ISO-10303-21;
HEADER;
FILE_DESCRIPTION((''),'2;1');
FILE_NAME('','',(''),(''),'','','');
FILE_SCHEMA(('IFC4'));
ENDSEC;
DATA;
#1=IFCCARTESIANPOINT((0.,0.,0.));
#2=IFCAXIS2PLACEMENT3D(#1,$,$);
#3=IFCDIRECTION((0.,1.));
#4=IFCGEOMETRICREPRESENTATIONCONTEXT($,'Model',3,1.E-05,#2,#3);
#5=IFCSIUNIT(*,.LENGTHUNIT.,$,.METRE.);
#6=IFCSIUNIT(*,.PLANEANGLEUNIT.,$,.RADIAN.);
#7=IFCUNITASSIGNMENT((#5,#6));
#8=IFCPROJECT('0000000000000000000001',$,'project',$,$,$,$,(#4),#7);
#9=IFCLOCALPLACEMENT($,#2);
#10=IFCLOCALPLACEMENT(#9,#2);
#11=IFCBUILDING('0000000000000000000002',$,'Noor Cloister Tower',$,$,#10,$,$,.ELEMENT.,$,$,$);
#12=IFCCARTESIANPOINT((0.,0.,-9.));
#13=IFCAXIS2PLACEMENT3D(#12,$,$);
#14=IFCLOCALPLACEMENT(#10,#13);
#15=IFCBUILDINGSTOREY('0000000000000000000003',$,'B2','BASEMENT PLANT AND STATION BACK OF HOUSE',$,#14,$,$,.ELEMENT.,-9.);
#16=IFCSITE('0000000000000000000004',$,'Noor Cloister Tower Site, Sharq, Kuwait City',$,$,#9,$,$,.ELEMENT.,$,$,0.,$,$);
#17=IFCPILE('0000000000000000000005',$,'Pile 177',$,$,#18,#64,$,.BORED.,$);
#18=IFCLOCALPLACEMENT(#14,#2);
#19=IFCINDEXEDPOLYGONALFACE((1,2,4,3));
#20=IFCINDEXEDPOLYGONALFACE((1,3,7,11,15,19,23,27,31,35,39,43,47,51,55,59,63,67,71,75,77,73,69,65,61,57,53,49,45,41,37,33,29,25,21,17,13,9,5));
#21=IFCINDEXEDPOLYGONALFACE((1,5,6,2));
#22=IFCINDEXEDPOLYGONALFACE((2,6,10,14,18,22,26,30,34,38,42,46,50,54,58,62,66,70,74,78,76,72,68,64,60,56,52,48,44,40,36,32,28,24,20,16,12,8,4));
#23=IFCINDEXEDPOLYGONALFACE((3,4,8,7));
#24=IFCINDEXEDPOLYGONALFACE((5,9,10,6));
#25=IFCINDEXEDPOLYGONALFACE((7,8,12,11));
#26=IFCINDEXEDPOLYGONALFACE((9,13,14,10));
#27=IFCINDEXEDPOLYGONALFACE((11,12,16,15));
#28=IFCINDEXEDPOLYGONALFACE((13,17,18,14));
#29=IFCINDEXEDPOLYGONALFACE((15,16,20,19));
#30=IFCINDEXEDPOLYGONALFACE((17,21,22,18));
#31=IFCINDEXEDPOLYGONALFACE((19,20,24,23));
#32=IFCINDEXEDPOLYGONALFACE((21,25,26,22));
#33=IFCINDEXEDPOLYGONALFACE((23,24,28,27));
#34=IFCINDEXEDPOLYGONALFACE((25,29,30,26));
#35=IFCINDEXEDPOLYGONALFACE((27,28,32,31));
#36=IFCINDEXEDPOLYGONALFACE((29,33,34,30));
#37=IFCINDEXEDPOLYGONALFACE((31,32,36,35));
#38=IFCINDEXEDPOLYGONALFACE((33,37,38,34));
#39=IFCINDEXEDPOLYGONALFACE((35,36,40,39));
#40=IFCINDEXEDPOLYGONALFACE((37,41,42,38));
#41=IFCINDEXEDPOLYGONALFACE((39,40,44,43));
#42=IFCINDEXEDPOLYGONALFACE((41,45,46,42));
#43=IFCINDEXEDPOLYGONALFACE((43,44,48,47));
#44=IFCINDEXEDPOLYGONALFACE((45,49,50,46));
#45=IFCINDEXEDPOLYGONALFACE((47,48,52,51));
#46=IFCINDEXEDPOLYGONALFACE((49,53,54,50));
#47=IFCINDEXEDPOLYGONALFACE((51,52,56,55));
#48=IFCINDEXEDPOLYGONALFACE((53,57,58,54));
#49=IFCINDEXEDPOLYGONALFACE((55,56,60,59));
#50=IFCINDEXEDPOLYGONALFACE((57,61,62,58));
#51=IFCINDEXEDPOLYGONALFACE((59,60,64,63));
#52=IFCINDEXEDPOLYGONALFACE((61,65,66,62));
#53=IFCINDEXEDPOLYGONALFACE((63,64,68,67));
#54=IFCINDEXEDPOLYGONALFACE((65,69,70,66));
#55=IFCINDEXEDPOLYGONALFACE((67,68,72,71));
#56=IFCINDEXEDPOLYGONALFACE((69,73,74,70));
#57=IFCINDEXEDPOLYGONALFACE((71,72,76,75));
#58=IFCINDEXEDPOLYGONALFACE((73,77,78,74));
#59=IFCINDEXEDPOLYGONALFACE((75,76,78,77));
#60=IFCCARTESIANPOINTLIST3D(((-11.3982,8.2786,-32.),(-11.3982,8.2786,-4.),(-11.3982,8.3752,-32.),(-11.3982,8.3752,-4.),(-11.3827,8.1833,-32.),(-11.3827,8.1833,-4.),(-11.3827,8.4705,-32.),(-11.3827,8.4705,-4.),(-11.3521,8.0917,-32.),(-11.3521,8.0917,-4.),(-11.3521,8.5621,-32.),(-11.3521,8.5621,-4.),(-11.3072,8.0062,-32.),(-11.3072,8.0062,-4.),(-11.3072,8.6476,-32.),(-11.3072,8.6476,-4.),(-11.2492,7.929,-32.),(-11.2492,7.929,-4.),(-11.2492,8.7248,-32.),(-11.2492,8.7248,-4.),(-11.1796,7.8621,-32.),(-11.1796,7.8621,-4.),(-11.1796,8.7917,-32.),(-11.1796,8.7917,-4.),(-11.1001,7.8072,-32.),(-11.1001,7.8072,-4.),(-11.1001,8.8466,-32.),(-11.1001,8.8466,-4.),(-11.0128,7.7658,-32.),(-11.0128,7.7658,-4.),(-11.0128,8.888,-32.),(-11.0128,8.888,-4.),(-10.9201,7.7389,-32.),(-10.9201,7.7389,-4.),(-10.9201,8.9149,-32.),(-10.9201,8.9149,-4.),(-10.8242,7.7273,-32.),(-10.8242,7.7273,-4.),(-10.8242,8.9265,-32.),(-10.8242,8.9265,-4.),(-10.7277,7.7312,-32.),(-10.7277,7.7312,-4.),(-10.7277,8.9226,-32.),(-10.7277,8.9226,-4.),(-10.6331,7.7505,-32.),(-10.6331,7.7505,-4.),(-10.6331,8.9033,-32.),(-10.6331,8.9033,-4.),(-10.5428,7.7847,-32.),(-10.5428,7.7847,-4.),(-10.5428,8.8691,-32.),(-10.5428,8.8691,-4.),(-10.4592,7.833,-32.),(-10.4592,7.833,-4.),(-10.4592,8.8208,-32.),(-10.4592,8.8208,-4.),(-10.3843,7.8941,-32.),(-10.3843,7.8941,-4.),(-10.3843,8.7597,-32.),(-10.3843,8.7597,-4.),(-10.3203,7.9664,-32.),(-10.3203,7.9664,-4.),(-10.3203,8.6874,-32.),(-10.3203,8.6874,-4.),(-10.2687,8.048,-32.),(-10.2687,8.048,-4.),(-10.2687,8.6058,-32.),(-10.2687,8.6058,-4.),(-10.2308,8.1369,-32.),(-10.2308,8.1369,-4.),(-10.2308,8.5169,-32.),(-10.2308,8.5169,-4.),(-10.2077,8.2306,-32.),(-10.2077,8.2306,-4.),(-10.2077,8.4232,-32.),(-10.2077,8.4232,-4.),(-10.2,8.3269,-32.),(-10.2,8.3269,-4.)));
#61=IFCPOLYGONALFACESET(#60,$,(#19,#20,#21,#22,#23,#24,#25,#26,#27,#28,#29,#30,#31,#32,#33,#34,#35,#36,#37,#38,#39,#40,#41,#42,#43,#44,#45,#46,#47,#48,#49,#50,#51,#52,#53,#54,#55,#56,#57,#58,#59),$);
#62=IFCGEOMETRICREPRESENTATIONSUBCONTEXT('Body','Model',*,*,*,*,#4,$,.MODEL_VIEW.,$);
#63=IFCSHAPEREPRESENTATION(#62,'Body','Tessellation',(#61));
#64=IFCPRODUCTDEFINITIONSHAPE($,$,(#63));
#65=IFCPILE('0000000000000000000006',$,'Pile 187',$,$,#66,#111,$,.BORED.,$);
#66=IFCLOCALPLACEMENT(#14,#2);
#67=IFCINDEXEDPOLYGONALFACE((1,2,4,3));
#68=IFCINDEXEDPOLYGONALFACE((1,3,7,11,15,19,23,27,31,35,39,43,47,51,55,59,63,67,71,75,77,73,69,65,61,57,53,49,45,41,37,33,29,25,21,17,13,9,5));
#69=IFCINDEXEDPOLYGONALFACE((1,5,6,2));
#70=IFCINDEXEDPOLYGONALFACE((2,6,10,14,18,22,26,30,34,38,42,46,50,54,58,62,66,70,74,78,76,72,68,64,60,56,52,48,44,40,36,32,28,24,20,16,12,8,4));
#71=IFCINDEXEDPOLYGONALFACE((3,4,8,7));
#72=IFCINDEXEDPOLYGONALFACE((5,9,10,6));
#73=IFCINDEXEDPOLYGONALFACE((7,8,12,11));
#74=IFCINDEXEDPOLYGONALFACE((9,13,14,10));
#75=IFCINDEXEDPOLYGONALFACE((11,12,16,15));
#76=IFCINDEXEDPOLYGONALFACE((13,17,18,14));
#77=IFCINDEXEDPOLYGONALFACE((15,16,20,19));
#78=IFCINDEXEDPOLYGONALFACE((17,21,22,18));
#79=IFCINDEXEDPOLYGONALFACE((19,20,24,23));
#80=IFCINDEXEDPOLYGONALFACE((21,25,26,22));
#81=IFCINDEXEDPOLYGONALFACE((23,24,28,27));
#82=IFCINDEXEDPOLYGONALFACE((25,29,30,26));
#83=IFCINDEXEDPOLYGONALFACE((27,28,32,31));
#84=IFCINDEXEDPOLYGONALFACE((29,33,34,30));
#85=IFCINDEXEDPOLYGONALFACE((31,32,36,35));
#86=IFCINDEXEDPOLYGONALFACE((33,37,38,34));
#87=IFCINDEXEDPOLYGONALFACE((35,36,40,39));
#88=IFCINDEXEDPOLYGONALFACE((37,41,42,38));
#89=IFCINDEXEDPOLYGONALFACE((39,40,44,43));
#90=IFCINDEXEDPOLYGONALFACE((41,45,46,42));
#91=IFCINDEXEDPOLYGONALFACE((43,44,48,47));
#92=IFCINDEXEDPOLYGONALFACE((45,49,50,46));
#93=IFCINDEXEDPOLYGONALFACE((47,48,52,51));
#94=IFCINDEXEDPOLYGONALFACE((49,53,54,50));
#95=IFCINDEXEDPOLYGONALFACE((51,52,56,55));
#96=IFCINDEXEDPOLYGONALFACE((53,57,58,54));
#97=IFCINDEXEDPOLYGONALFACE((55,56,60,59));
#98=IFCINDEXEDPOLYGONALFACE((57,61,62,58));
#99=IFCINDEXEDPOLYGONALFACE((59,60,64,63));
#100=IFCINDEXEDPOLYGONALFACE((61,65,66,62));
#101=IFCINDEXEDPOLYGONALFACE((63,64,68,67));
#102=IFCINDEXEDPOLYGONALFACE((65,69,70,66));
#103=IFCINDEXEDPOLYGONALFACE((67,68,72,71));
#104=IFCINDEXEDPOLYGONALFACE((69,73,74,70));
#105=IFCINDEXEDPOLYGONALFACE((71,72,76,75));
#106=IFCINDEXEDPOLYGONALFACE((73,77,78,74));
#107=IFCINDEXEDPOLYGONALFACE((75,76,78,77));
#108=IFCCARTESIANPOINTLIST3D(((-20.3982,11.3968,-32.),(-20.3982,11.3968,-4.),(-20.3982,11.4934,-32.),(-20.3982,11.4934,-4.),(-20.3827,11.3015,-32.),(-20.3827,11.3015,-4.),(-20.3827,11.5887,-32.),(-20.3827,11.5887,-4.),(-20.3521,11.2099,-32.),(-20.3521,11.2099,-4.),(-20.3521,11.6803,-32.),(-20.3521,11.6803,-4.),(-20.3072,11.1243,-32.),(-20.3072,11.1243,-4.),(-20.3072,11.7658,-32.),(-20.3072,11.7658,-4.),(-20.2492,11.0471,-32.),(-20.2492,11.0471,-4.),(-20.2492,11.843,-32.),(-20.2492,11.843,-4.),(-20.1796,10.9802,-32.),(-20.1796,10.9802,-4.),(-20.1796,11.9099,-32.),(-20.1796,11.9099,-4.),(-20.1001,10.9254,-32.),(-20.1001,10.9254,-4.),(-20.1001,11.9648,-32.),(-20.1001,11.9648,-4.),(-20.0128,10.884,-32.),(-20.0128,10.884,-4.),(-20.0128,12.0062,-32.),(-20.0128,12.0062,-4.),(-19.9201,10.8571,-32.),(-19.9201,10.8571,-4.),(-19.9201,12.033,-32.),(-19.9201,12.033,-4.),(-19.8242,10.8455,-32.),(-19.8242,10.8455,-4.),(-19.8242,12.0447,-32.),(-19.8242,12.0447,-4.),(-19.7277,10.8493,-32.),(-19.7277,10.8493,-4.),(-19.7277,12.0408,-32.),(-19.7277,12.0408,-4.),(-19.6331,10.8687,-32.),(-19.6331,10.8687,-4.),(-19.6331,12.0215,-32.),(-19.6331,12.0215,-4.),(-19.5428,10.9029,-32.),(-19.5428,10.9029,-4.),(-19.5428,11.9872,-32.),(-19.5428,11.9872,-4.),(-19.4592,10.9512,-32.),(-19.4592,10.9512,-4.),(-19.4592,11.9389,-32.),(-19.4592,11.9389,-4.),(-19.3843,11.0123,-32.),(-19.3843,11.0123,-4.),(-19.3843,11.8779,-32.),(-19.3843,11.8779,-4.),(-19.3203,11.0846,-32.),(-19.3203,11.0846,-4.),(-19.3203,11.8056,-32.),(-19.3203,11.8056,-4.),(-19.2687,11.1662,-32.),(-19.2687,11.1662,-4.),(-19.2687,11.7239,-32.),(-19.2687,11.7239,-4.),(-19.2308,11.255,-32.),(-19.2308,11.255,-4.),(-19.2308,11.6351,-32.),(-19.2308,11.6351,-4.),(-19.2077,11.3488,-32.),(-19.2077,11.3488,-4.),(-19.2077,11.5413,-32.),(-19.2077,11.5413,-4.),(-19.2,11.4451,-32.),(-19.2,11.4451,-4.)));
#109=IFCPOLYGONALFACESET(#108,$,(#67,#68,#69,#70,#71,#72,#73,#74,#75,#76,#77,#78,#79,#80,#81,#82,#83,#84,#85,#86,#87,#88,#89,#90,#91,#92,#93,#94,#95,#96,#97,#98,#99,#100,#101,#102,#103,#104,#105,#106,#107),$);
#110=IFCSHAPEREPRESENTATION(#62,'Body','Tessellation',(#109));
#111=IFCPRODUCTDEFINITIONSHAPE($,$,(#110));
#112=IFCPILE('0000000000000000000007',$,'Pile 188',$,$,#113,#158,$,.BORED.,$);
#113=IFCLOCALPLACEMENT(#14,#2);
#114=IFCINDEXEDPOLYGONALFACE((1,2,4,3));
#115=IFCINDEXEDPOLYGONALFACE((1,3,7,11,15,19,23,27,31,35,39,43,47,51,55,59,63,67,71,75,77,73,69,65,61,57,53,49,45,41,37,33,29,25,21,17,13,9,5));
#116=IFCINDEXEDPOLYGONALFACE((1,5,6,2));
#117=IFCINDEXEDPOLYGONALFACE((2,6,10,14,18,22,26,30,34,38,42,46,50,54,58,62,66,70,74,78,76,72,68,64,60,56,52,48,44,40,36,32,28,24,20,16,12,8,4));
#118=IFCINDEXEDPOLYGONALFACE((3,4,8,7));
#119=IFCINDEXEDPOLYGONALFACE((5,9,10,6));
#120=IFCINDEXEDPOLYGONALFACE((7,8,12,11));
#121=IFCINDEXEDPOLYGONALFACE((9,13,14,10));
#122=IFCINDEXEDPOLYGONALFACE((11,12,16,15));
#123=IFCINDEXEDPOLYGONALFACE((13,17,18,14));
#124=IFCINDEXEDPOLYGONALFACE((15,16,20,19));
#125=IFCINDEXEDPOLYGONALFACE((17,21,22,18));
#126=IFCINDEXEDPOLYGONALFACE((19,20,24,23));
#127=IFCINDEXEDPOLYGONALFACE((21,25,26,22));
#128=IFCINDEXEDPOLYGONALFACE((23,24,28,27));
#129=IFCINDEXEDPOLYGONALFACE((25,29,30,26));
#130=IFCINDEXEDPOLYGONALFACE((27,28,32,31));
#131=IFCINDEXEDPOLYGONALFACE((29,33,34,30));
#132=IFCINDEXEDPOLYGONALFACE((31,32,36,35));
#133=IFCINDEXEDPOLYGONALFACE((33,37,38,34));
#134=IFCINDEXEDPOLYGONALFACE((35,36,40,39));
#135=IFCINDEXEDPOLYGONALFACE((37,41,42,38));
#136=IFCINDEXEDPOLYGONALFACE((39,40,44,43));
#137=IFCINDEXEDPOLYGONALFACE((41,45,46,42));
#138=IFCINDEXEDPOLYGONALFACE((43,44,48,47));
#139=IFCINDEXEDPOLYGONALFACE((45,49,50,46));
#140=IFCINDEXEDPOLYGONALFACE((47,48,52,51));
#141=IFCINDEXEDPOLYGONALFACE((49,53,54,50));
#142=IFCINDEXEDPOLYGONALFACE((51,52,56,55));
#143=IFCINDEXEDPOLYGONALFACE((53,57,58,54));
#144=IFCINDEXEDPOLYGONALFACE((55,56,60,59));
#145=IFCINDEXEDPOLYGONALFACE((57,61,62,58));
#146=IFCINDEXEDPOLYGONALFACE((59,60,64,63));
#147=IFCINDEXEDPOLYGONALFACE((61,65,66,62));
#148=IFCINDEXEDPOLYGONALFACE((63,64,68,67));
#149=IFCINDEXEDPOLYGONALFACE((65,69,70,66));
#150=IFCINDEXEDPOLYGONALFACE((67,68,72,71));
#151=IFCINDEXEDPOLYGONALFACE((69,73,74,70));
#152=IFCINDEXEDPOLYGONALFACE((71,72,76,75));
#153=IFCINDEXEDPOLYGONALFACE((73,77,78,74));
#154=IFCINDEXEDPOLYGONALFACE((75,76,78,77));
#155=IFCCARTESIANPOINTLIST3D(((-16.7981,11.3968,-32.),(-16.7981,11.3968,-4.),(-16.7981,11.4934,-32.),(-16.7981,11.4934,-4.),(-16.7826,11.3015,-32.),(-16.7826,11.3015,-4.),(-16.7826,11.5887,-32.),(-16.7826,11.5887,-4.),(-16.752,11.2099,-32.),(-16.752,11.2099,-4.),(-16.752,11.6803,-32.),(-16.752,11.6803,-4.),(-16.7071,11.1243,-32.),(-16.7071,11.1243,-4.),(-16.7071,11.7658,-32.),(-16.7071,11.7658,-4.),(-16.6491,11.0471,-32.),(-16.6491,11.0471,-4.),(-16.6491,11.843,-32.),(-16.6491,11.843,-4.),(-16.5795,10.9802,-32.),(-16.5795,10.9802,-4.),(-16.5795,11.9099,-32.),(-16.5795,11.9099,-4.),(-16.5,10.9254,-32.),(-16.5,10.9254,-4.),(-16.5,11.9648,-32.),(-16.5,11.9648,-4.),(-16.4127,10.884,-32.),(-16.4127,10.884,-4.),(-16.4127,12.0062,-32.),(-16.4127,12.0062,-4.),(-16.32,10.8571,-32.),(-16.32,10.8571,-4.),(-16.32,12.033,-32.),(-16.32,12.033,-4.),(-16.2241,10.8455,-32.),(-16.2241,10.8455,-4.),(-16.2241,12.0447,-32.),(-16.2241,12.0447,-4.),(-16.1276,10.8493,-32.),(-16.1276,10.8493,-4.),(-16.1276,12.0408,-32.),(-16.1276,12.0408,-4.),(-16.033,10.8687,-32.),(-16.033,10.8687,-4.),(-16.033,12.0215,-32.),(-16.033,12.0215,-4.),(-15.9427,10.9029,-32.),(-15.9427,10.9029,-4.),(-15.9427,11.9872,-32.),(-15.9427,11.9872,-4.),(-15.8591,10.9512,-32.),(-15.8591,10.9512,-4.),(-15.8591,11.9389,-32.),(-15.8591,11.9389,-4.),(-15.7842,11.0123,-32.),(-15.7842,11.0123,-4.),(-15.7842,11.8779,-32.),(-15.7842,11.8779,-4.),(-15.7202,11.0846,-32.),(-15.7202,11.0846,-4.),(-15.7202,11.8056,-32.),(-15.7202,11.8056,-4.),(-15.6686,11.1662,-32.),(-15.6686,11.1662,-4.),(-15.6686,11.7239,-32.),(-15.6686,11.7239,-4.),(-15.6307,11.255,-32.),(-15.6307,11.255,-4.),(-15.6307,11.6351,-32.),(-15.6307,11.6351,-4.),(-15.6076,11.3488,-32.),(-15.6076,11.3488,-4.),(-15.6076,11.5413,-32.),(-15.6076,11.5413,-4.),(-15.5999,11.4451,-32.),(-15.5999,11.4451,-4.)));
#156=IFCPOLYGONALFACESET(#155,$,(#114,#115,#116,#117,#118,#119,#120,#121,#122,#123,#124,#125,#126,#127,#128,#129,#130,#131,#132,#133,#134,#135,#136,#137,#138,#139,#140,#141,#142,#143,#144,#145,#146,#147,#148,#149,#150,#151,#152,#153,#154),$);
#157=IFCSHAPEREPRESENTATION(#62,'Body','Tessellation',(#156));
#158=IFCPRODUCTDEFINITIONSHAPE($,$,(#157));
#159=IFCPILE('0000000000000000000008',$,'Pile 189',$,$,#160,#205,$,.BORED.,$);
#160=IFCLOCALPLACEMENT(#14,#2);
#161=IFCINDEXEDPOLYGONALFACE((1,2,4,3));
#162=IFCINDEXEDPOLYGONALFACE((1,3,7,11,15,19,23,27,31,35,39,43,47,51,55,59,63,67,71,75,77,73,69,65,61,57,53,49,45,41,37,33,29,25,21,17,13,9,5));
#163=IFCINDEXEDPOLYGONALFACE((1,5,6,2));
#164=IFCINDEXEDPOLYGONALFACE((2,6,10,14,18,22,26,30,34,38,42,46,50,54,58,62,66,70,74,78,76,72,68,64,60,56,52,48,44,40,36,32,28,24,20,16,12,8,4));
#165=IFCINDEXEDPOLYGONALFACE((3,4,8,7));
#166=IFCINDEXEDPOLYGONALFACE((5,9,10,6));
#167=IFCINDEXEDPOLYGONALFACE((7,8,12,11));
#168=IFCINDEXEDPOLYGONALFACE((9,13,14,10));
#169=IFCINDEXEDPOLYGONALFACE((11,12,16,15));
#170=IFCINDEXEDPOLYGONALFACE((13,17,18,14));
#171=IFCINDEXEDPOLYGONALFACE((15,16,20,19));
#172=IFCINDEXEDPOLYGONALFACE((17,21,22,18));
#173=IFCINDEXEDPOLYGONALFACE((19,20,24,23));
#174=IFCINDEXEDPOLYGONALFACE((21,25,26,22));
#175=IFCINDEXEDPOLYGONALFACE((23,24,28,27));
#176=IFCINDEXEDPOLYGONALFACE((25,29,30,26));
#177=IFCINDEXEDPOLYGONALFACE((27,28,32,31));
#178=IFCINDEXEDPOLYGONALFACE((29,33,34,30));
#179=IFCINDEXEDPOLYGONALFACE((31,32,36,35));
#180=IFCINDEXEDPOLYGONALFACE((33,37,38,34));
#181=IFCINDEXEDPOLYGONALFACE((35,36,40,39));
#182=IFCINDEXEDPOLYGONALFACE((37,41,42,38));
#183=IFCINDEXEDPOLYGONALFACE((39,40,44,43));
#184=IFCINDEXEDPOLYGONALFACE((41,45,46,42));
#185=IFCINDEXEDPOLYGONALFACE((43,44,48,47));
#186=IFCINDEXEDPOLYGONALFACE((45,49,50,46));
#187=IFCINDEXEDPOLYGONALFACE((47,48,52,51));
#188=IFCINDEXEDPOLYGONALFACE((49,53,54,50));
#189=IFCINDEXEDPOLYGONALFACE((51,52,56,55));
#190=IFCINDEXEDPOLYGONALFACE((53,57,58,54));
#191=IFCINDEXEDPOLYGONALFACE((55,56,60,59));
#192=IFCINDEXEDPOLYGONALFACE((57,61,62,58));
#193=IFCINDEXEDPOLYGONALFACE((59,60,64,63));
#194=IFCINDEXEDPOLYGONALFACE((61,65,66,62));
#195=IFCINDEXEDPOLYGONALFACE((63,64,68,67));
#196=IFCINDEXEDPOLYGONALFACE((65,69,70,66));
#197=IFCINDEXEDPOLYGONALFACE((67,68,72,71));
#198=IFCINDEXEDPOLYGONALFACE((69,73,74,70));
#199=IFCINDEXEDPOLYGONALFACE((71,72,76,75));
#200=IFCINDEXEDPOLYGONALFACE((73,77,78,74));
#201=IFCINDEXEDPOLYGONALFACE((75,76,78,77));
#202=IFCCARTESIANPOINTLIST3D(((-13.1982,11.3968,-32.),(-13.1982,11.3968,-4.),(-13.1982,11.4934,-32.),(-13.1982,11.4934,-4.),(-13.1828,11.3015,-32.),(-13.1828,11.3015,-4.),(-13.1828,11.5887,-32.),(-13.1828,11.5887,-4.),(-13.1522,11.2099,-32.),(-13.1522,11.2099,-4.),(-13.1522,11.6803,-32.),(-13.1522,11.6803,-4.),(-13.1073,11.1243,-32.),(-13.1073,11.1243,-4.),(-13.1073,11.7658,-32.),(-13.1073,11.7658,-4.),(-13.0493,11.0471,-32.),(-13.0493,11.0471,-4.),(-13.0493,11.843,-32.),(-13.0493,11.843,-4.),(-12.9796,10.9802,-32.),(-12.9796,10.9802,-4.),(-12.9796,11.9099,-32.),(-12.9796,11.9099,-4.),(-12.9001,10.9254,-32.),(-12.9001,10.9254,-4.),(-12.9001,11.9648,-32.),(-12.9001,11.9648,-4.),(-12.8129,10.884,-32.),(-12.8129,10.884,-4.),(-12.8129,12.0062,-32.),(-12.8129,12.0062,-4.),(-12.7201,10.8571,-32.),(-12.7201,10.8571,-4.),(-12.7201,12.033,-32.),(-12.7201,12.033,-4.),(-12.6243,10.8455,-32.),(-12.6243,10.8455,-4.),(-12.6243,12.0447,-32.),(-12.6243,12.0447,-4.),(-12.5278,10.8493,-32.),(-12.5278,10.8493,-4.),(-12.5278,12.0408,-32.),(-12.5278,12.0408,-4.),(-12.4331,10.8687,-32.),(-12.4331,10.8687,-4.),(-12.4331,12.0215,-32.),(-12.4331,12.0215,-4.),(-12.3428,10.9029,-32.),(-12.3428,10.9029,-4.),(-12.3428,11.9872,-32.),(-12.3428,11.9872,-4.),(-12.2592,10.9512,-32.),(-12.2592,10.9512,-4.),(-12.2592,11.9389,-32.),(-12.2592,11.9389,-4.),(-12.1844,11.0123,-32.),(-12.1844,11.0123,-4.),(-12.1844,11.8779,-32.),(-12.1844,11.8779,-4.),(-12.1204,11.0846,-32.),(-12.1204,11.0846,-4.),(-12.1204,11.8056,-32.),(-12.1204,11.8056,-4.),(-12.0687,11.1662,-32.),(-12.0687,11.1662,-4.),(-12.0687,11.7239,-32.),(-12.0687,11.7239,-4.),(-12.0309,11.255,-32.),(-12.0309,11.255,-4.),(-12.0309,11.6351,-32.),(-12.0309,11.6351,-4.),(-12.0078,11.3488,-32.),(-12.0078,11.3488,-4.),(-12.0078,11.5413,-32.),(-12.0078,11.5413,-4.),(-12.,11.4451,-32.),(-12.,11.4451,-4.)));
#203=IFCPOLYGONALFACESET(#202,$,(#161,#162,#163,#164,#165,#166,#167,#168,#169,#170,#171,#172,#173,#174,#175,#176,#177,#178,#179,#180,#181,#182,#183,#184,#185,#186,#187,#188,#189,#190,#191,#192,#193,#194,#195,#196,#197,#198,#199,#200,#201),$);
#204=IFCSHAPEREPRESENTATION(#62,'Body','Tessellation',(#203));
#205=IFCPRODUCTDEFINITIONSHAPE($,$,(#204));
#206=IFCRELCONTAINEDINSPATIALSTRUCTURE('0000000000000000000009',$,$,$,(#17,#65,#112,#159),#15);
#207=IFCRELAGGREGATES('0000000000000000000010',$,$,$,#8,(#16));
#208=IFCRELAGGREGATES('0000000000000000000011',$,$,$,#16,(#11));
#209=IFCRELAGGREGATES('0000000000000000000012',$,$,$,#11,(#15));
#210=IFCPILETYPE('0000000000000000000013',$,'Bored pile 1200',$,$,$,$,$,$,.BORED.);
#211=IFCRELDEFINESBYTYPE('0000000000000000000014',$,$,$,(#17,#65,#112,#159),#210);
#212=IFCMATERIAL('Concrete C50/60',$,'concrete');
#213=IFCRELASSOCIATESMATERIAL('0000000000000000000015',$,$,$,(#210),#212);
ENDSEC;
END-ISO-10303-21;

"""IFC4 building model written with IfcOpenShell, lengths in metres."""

from ifc_helpers import new_model, si_unit, direction, frame, origin, origin_2d, place, context, subcontext, project, spatial, circle, extrude, material, material_profile, profile_set, type_object, element, save


model = new_model("IFC4")

# Units and contexts
model_context = context("Model", 3, precision=1e-05, world=origin(), true_north=direction((0.0, 1.0)))
body_context = subcontext(model_context, "Body", "Model", "MODEL_VIEW")
ifc_project = project(units=[si_unit("LENGTHUNIT", "METRE"), si_unit("PLANEANGLEUNIT", "RADIAN")], contexts=[model_context])

# Site, building, storey
site_placement = place(None, origin())
site = spatial("IfcSite", under=ifc_project, at=site_placement, Name="Noor Cloister Tower Site, Sharq, Kuwait City", CompositionType="ELEMENT", RefElevation=0.0)
building_placement = place(site_placement, origin())
building = spatial("IfcBuilding", under=site, at=building_placement, Name="Noor Cloister Tower", CompositionType="ELEMENT")
storey_placement = place(building_placement, frame((0.0, 0.0, -9.0)))
storey = spatial("IfcBuildingStorey", under=building, at=storey_placement, Name="B2", Description="BASEMENT PLANT AND STATION BACK OF HOUSE", CompositionType="ELEMENT", Elevation=-9.0)

# Piles
ifc_material_1 = material(Name="Concrete C50/60", Category="concrete")
ifc_material_profile_1 = material_profile(ifc_material_1, circle(Radius=0.6001, at=origin_2d()), Name="Bored pile 1200")
ifc_profile_set_1 = profile_set([ifc_material_profile_1], Name="Concrete C50/60")
pile_type = type_object("IfcPileType", Name="Bored pile 1200", PredefinedType="BORED", material=ifc_profile_set_1)
for number, where, z_axis, x_axis, name in (
    (1, (-10.8, 8.3269, -4.0), (0.0, 0.0, -1.0), (1.0, 0.0, 0.0), "Pile 177"),
    (2, (-19.8, 11.4451, -4.0), (0.0, 0.0, -1.0), (1.0, 0.0, 0.0), "Pile 187"),
    (3, (-16.2, 11.4451, -4.0), (0.0, 0.0, -1.0), (1.0, 0.0, 0.0), "Pile 188"),
    (4, (-12.6001, 11.4451, -4.0), (0.0, 0.0, -1.0), (1.0, 0.0, 0.0), "Pile 189"),
):
    element("IfcPile", number, at=place(storey_placement, frame(where, z_axis=z_axis, x_axis=x_axis)), inside=storey, type_object=pile_type, Name=name, PredefinedType="BORED", context=body_context, shape_type="SweptSolid", body=[
        extrude(circle(Radius=0.6001, at=origin_2d()), origin(), (0.0, 0.0, 1.0), 28.0),
    ])

save(model, "model.ifc")
